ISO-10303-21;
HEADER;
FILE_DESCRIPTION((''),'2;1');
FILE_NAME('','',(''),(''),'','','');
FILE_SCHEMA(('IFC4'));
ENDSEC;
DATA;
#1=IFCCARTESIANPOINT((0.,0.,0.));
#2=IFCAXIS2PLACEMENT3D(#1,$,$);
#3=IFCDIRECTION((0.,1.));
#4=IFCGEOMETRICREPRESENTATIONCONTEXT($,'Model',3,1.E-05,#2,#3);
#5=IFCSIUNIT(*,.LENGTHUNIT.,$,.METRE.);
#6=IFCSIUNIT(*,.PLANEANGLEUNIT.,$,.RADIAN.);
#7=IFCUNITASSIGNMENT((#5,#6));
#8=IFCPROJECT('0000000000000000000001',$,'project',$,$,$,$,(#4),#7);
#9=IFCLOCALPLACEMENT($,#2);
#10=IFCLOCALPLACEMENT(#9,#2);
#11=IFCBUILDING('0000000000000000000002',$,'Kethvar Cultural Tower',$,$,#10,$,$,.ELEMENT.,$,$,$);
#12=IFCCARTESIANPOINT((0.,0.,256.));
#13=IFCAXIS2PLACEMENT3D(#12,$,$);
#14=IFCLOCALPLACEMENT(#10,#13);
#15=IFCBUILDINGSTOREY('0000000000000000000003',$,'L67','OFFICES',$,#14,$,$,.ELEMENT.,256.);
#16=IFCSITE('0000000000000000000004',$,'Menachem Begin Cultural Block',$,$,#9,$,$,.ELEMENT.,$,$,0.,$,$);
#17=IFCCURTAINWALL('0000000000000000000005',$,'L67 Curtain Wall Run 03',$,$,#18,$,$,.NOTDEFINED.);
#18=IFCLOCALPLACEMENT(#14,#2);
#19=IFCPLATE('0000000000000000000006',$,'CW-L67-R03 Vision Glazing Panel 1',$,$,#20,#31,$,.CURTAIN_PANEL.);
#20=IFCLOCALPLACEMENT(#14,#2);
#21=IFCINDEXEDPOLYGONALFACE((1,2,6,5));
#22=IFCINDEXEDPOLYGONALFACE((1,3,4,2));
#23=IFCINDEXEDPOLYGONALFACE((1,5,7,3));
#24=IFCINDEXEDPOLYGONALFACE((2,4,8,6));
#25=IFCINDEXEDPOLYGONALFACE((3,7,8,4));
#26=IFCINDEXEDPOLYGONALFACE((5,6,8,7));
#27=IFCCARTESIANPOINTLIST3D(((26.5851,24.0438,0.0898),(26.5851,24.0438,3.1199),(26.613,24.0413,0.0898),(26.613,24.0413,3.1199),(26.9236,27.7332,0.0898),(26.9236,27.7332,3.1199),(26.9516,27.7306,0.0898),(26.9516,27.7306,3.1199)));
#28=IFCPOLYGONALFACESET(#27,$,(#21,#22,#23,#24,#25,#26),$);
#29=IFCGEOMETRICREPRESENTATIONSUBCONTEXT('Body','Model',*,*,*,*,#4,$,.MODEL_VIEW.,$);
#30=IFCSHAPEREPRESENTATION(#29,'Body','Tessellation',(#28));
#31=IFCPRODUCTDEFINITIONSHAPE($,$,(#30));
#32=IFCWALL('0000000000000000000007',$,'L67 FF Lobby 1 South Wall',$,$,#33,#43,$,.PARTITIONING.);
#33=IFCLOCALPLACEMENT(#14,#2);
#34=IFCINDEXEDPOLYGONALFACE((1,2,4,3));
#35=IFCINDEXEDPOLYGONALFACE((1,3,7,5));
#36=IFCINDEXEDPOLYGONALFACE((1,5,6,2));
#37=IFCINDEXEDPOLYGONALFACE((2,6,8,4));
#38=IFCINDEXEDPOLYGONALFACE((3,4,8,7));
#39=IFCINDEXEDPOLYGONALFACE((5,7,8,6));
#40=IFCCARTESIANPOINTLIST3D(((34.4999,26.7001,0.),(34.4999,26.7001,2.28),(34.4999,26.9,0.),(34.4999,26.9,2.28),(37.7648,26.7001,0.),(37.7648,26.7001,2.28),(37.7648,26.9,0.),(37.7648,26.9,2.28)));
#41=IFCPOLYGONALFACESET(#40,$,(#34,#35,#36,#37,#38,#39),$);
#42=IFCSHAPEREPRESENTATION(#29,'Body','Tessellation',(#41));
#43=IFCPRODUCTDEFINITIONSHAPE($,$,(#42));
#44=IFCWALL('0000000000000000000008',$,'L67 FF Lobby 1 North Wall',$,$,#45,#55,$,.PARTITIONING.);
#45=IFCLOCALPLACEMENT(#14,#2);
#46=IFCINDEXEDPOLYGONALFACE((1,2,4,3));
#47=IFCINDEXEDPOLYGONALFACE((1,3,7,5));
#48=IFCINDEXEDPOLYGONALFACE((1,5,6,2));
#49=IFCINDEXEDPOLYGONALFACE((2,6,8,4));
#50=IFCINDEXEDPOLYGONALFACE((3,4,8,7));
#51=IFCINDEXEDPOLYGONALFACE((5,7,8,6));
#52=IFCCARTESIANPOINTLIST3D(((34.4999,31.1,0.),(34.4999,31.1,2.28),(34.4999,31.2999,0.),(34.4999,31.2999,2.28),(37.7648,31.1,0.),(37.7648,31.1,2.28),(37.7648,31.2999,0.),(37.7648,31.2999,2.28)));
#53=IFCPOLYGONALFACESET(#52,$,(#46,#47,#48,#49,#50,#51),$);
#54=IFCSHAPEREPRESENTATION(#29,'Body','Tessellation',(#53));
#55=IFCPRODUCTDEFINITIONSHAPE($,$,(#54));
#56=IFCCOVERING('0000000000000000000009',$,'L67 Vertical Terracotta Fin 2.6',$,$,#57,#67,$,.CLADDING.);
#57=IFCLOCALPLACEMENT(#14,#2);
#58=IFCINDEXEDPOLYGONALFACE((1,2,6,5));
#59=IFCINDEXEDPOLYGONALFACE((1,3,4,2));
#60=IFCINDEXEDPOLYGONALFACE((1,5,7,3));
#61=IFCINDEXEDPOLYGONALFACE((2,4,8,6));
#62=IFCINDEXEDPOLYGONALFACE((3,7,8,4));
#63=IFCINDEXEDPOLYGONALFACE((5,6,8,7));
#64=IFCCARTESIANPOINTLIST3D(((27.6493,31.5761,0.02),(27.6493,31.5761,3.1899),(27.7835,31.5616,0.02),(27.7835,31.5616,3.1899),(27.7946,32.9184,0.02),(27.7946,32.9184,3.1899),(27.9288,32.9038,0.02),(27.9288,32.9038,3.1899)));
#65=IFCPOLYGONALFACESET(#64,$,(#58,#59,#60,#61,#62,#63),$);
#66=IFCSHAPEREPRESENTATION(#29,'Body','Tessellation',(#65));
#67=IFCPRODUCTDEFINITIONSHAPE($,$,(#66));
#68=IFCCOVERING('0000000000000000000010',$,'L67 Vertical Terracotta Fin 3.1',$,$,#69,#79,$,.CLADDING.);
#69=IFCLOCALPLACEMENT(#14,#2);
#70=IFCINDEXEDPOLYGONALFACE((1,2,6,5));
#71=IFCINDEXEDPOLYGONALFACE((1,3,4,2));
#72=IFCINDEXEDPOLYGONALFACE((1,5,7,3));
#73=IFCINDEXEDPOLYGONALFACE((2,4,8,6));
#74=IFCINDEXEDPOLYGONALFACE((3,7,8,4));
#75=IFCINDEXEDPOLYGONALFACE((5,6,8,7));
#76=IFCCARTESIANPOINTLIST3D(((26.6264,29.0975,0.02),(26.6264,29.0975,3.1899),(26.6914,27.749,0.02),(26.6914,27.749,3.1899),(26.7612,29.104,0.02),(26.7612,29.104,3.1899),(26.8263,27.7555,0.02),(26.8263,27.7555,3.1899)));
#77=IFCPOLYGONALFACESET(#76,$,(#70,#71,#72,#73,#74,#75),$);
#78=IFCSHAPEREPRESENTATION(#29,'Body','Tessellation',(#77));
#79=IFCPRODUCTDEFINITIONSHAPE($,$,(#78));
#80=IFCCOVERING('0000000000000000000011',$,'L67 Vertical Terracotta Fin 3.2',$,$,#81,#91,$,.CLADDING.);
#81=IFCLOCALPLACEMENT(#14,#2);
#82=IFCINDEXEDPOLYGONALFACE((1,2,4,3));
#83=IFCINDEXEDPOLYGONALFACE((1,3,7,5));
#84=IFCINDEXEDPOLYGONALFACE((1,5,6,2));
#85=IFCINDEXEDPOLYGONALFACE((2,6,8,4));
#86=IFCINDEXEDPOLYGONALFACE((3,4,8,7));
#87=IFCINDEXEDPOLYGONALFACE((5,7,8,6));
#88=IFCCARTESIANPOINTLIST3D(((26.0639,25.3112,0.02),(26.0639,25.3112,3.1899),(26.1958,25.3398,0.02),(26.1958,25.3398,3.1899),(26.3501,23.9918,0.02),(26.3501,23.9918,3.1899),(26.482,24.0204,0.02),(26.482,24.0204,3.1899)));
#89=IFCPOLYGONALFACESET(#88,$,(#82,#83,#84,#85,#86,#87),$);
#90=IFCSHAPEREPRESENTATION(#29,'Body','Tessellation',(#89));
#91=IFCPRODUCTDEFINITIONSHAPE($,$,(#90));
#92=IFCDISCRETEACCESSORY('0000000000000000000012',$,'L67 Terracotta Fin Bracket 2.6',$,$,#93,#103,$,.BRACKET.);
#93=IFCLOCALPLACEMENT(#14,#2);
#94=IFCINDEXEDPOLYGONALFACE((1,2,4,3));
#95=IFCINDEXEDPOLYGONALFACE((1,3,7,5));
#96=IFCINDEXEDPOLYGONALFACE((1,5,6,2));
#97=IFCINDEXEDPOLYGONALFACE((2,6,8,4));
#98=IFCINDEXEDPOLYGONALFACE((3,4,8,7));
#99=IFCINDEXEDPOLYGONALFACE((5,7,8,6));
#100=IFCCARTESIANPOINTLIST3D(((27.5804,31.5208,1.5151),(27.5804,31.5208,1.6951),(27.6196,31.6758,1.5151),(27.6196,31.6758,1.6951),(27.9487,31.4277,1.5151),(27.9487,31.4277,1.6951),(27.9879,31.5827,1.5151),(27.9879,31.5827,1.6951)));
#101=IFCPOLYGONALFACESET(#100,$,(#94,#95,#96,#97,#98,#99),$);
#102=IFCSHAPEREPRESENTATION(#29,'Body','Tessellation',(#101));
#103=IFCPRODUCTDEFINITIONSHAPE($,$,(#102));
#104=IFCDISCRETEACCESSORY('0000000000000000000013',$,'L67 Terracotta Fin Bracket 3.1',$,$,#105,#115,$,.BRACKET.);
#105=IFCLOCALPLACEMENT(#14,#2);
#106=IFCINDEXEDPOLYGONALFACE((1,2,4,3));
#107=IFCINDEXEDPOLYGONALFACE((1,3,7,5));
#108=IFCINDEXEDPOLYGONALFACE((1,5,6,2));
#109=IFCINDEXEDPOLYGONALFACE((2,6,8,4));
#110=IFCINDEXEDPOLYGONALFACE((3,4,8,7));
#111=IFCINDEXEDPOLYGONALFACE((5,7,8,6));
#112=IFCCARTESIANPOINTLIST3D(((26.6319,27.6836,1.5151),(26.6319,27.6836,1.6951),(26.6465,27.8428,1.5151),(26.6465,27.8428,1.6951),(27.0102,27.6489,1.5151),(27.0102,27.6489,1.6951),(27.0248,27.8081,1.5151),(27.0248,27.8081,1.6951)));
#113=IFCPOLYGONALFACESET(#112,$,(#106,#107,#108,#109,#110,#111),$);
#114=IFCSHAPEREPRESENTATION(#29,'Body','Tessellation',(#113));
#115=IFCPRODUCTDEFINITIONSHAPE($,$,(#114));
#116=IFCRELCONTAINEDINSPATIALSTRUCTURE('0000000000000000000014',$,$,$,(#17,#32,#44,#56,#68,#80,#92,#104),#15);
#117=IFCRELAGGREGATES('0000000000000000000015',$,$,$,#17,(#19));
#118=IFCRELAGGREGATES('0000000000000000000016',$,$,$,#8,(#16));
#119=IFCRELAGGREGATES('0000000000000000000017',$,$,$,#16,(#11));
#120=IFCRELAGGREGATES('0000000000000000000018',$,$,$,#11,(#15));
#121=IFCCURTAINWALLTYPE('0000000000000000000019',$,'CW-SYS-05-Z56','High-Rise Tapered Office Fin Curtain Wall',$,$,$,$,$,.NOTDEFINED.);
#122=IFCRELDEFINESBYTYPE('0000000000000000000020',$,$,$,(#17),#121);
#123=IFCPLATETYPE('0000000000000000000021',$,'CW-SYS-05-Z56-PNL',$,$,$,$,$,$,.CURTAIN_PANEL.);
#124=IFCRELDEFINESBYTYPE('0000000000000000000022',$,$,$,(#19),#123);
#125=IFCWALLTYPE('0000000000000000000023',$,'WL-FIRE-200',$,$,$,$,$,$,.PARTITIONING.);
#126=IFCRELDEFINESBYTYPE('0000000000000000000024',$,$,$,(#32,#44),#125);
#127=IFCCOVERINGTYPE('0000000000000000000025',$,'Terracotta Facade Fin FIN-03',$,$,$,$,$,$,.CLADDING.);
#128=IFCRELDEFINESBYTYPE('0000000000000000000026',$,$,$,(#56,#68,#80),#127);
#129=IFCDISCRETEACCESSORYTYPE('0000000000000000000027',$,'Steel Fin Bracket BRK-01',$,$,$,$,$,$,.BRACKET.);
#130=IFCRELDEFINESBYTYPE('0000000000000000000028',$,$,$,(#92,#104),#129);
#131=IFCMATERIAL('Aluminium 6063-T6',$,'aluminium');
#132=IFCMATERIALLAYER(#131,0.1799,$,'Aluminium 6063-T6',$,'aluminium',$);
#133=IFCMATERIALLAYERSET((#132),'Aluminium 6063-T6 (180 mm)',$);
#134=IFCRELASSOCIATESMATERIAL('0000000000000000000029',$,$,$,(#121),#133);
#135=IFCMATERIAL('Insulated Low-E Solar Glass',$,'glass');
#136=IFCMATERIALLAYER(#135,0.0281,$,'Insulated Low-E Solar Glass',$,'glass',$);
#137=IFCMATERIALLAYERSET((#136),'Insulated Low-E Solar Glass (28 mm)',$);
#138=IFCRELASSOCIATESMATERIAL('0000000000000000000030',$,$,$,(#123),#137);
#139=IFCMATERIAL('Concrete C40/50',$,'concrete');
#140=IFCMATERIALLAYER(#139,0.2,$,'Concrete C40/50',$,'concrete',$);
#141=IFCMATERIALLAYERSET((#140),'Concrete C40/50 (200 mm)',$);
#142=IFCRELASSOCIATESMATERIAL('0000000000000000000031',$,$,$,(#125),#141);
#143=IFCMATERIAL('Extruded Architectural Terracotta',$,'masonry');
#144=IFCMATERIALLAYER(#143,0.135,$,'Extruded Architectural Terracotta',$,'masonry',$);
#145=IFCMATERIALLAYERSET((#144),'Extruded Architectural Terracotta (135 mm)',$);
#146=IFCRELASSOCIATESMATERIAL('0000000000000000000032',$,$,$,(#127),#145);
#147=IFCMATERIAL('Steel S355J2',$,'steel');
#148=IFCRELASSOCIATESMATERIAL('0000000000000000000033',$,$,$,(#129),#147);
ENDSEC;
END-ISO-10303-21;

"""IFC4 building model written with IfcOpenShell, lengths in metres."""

from ifc_helpers import new_model, si_unit, direction, frame, frame_2d, origin, origin_2d, place, context, subcontext, project, spatial, rectangle, extrude, source, transform, mapped, material, layer, layer_set, type_object, element, aggregate, save


model = new_model("IFC4")

# Units and contexts
model_context = context("Model", 3, precision=1e-05, world=origin(), true_north=direction((0.0, 1.0)))
body_context = subcontext(model_context, "Body", "Model", "MODEL_VIEW")
ifc_project = project(units=[si_unit("LENGTHUNIT", "METRE"), si_unit("PLANEANGLEUNIT", "RADIAN")], contexts=[model_context])

# Site, building, storey
site_placement = place(None, origin())
site = spatial("IfcSite", under=ifc_project, at=site_placement, Name="Menachem Begin Cultural Block", CompositionType="ELEMENT", RefElevation=0.0)
building_placement = place(site_placement, origin())
building = spatial("IfcBuilding", under=site, at=building_placement, Name="Kethvar Cultural Tower", CompositionType="ELEMENT")
storey_placement = place(building_placement, frame((0.0, 0.0, 256.0)))
storey = spatial("IfcBuildingStorey", under=building, at=storey_placement, Name="L67", Description="OFFICES", CompositionType="ELEMENT", Elevation=256.0)

# Shared definitions
ifc_material_1 = material(Name="Steel S355J2", Category="steel")

# Curtain wall
ifc_material_2 = material(Name="Aluminium 6063-T6", Category="aluminium")
ifc_layer_1 = layer(ifc_material_2, 0.1799, Name="Aluminium 6063-T6", Category="aluminium")
ifc_layer_set_1 = layer_set([ifc_layer_1], Name="Aluminium 6063-T6 (180 mm)")
curtain_wall_type = type_object("IfcCurtainWallType", Name="CW-SYS-05-Z56", Description="High-Rise Tapered Office Fin Curtain Wall", PredefinedType="NOTDEFINED", material=ifc_layer_set_1)
curtain_wall_1_placement = place(storey_placement, origin())
curtain_wall_1 = element("IfcCurtainWall", 1, at=curtain_wall_1_placement, inside=storey, type_object=curtain_wall_type, Name="L67 Curtain Wall Run 03", PredefinedType="NOTDEFINED")

# Plate
ifc_material_3 = material(Name="Insulated Low-E Solar Glass", Category="glass")
ifc_layer_2 = layer(ifc_material_3, 0.0281, Name="Insulated Low-E Solar Glass", Category="glass")
ifc_layer_set_2 = layer_set([ifc_layer_2], Name="Insulated Low-E Solar Glass (28 mm)")
plate_type = type_object("IfcPlateType", Name="CW-SYS-05-Z56-PNL", PredefinedType="CURTAIN_PANEL", material=ifc_layer_set_2)
shared_shape_1 = source(origin(), body_context, "Body", "SweptSolid", [
    extrude(rectangle(XDim=3.7048, YDim=0.0281, at=origin_2d()), origin(), (0.0, 0.0, 1.0), 3.03),
])
plate_1_placement = place(storey_placement, frame((26.7683, 25.8872, 0.0898), z_axis=(0.0, 0.0, 1.0), x_axis=(-0.09138, -0.995816, 0.0)))
plate_1 = element("IfcPlate", 2, at=plate_1_placement, type_object=plate_type, Name="CW-L67-R03 Vision Glazing Panel 1", PredefinedType="CURTAIN_PANEL", context=body_context, shape_type="MappedRepresentation", body=[
    mapped(shared_shape_1, transform((0.0, 0.0, 0.0), scale=1.0)),
])
aggregate(curtain_wall_1, [plate_1])

# Shared definitions
ifc_material_4 = material(Name="Concrete C40/50", Category="concrete")
ifc_layer_3 = layer(ifc_material_4, 0.2, Name="Concrete C40/50", Category="concrete")
ifc_layer_set_3 = layer_set([ifc_layer_3], Name="Concrete C40/50 (200 mm)")
wall_type = type_object("IfcWallType", Name="WL-FIRE-200", PredefinedType="PARTITIONING", material=ifc_layer_set_3)

# Walls
for number, where, z_axis, x_axis, name in (
    (3, (34.5, 26.8, 0.0), (0.0, 0.0, 1.0), (1.0, 0.0, 0.0), "L67 FF Lobby 1 South Wall"),
    (4, (34.5, 31.2, 0.0), (0.0, 0.0, 1.0), (1.0, 0.0, 0.0), "L67 FF Lobby 1 North Wall"),
):
    element("IfcWall", number, at=place(storey_placement, frame(where, z_axis=z_axis, x_axis=x_axis)), inside=storey, type_object=wall_type, Name=name, PredefinedType="PARTITIONING", context=body_context, shape_type="SweptSolid", body=[
        extrude(rectangle(XDim=3.2649, YDim=0.2, at=frame_2d((1.6323, 0.0))), origin(), (0.0, 0.0, 1.0), 2.28),
    ])

# Coverings
ifc_material_5 = material(Name="Extruded Architectural Terracotta", Category="masonry")
ifc_layer_4 = layer(ifc_material_5, 0.135, Name="Extruded Architectural Terracotta", Category="masonry")
ifc_layer_set_4 = layer_set([ifc_layer_4], Name="Extruded Architectural Terracotta (135 mm)")
covering_type = type_object("IfcCoveringType", Name="Terracotta Facade Fin FIN-03", PredefinedType="CLADDING", material=ifc_layer_set_4)
shared_shape_2 = source(origin(), body_context, "Body", "SweptSolid", [
    extrude(rectangle(XDim=1.3501, YDim=0.135, at=origin_2d()), origin(), (0.0, 0.0, 1.0), 3.1699),
])
for number, where, z_axis, x_axis, name in (
    (5, (27.7891, 32.24, 0.02), (0.0, 0.0, 1.0), (0.107652, 0.994189, 0.0), "L67 Vertical Terracotta Fin 2.6"),
    (6, (26.7263, 28.4265, 0.02), (0.0, 0.0, 1.0), (-0.048152, 0.99884, 0.0), "L67 Vertical Terracotta Fin 3.1"),
    (7, (26.2729, 24.6658, 0.02), (0.0, 0.0, 1.0), (-0.212007, 0.977268, 0.0), "L67 Vertical Terracotta Fin 3.2"),
):
    element("IfcCovering", number, at=place(storey_placement, frame(where, z_axis=z_axis, x_axis=x_axis)), inside=storey, type_object=covering_type, Name=name, PredefinedType="CLADDING", context=body_context, shape_type="MappedRepresentation", body=[
        mapped(shared_shape_2, transform((0.0, 0.0, 0.0), scale=1.0)),
    ])

# Discrete accessories
discrete_accessory_type = type_object("IfcDiscreteAccessoryType", Name="Steel Fin Bracket BRK-01", PredefinedType="BRACKET", material=ifc_material_1)
shared_shape_3 = source(origin(), body_context, "Body", "SweptSolid", [
    extrude(rectangle(XDim=0.3799, YDim=0.1599, at=origin_2d()), origin(), (0.0, 0.0, 1.0), 0.1799),
])
for number, where, z_axis, x_axis, name in (
    (8, (27.7842, 31.5518, 1.5151), (0.0, 0.0, 1.0), (-0.969531, 0.244969, 0.0), "L67 Terracotta Fin Bracket 2.6"),
    (9, (26.8284, 27.7458, 1.5151), (0.0, 0.0, 1.0), (-0.995821, 0.091328, 0.0), "L67 Terracotta Fin Bracket 3.1"),
):
    element("IfcDiscreteAccessory", number, at=place(storey_placement, frame(where, z_axis=z_axis, x_axis=x_axis)), inside=storey, type_object=discrete_accessory_type, Name=name, PredefinedType="BRACKET", context=body_context, shape_type="MappedRepresentation", body=[
        mapped(shared_shape_3, transform((0.0, 0.0, 0.0), scale=1.0)),
    ])

save(model, "model.ifc")
